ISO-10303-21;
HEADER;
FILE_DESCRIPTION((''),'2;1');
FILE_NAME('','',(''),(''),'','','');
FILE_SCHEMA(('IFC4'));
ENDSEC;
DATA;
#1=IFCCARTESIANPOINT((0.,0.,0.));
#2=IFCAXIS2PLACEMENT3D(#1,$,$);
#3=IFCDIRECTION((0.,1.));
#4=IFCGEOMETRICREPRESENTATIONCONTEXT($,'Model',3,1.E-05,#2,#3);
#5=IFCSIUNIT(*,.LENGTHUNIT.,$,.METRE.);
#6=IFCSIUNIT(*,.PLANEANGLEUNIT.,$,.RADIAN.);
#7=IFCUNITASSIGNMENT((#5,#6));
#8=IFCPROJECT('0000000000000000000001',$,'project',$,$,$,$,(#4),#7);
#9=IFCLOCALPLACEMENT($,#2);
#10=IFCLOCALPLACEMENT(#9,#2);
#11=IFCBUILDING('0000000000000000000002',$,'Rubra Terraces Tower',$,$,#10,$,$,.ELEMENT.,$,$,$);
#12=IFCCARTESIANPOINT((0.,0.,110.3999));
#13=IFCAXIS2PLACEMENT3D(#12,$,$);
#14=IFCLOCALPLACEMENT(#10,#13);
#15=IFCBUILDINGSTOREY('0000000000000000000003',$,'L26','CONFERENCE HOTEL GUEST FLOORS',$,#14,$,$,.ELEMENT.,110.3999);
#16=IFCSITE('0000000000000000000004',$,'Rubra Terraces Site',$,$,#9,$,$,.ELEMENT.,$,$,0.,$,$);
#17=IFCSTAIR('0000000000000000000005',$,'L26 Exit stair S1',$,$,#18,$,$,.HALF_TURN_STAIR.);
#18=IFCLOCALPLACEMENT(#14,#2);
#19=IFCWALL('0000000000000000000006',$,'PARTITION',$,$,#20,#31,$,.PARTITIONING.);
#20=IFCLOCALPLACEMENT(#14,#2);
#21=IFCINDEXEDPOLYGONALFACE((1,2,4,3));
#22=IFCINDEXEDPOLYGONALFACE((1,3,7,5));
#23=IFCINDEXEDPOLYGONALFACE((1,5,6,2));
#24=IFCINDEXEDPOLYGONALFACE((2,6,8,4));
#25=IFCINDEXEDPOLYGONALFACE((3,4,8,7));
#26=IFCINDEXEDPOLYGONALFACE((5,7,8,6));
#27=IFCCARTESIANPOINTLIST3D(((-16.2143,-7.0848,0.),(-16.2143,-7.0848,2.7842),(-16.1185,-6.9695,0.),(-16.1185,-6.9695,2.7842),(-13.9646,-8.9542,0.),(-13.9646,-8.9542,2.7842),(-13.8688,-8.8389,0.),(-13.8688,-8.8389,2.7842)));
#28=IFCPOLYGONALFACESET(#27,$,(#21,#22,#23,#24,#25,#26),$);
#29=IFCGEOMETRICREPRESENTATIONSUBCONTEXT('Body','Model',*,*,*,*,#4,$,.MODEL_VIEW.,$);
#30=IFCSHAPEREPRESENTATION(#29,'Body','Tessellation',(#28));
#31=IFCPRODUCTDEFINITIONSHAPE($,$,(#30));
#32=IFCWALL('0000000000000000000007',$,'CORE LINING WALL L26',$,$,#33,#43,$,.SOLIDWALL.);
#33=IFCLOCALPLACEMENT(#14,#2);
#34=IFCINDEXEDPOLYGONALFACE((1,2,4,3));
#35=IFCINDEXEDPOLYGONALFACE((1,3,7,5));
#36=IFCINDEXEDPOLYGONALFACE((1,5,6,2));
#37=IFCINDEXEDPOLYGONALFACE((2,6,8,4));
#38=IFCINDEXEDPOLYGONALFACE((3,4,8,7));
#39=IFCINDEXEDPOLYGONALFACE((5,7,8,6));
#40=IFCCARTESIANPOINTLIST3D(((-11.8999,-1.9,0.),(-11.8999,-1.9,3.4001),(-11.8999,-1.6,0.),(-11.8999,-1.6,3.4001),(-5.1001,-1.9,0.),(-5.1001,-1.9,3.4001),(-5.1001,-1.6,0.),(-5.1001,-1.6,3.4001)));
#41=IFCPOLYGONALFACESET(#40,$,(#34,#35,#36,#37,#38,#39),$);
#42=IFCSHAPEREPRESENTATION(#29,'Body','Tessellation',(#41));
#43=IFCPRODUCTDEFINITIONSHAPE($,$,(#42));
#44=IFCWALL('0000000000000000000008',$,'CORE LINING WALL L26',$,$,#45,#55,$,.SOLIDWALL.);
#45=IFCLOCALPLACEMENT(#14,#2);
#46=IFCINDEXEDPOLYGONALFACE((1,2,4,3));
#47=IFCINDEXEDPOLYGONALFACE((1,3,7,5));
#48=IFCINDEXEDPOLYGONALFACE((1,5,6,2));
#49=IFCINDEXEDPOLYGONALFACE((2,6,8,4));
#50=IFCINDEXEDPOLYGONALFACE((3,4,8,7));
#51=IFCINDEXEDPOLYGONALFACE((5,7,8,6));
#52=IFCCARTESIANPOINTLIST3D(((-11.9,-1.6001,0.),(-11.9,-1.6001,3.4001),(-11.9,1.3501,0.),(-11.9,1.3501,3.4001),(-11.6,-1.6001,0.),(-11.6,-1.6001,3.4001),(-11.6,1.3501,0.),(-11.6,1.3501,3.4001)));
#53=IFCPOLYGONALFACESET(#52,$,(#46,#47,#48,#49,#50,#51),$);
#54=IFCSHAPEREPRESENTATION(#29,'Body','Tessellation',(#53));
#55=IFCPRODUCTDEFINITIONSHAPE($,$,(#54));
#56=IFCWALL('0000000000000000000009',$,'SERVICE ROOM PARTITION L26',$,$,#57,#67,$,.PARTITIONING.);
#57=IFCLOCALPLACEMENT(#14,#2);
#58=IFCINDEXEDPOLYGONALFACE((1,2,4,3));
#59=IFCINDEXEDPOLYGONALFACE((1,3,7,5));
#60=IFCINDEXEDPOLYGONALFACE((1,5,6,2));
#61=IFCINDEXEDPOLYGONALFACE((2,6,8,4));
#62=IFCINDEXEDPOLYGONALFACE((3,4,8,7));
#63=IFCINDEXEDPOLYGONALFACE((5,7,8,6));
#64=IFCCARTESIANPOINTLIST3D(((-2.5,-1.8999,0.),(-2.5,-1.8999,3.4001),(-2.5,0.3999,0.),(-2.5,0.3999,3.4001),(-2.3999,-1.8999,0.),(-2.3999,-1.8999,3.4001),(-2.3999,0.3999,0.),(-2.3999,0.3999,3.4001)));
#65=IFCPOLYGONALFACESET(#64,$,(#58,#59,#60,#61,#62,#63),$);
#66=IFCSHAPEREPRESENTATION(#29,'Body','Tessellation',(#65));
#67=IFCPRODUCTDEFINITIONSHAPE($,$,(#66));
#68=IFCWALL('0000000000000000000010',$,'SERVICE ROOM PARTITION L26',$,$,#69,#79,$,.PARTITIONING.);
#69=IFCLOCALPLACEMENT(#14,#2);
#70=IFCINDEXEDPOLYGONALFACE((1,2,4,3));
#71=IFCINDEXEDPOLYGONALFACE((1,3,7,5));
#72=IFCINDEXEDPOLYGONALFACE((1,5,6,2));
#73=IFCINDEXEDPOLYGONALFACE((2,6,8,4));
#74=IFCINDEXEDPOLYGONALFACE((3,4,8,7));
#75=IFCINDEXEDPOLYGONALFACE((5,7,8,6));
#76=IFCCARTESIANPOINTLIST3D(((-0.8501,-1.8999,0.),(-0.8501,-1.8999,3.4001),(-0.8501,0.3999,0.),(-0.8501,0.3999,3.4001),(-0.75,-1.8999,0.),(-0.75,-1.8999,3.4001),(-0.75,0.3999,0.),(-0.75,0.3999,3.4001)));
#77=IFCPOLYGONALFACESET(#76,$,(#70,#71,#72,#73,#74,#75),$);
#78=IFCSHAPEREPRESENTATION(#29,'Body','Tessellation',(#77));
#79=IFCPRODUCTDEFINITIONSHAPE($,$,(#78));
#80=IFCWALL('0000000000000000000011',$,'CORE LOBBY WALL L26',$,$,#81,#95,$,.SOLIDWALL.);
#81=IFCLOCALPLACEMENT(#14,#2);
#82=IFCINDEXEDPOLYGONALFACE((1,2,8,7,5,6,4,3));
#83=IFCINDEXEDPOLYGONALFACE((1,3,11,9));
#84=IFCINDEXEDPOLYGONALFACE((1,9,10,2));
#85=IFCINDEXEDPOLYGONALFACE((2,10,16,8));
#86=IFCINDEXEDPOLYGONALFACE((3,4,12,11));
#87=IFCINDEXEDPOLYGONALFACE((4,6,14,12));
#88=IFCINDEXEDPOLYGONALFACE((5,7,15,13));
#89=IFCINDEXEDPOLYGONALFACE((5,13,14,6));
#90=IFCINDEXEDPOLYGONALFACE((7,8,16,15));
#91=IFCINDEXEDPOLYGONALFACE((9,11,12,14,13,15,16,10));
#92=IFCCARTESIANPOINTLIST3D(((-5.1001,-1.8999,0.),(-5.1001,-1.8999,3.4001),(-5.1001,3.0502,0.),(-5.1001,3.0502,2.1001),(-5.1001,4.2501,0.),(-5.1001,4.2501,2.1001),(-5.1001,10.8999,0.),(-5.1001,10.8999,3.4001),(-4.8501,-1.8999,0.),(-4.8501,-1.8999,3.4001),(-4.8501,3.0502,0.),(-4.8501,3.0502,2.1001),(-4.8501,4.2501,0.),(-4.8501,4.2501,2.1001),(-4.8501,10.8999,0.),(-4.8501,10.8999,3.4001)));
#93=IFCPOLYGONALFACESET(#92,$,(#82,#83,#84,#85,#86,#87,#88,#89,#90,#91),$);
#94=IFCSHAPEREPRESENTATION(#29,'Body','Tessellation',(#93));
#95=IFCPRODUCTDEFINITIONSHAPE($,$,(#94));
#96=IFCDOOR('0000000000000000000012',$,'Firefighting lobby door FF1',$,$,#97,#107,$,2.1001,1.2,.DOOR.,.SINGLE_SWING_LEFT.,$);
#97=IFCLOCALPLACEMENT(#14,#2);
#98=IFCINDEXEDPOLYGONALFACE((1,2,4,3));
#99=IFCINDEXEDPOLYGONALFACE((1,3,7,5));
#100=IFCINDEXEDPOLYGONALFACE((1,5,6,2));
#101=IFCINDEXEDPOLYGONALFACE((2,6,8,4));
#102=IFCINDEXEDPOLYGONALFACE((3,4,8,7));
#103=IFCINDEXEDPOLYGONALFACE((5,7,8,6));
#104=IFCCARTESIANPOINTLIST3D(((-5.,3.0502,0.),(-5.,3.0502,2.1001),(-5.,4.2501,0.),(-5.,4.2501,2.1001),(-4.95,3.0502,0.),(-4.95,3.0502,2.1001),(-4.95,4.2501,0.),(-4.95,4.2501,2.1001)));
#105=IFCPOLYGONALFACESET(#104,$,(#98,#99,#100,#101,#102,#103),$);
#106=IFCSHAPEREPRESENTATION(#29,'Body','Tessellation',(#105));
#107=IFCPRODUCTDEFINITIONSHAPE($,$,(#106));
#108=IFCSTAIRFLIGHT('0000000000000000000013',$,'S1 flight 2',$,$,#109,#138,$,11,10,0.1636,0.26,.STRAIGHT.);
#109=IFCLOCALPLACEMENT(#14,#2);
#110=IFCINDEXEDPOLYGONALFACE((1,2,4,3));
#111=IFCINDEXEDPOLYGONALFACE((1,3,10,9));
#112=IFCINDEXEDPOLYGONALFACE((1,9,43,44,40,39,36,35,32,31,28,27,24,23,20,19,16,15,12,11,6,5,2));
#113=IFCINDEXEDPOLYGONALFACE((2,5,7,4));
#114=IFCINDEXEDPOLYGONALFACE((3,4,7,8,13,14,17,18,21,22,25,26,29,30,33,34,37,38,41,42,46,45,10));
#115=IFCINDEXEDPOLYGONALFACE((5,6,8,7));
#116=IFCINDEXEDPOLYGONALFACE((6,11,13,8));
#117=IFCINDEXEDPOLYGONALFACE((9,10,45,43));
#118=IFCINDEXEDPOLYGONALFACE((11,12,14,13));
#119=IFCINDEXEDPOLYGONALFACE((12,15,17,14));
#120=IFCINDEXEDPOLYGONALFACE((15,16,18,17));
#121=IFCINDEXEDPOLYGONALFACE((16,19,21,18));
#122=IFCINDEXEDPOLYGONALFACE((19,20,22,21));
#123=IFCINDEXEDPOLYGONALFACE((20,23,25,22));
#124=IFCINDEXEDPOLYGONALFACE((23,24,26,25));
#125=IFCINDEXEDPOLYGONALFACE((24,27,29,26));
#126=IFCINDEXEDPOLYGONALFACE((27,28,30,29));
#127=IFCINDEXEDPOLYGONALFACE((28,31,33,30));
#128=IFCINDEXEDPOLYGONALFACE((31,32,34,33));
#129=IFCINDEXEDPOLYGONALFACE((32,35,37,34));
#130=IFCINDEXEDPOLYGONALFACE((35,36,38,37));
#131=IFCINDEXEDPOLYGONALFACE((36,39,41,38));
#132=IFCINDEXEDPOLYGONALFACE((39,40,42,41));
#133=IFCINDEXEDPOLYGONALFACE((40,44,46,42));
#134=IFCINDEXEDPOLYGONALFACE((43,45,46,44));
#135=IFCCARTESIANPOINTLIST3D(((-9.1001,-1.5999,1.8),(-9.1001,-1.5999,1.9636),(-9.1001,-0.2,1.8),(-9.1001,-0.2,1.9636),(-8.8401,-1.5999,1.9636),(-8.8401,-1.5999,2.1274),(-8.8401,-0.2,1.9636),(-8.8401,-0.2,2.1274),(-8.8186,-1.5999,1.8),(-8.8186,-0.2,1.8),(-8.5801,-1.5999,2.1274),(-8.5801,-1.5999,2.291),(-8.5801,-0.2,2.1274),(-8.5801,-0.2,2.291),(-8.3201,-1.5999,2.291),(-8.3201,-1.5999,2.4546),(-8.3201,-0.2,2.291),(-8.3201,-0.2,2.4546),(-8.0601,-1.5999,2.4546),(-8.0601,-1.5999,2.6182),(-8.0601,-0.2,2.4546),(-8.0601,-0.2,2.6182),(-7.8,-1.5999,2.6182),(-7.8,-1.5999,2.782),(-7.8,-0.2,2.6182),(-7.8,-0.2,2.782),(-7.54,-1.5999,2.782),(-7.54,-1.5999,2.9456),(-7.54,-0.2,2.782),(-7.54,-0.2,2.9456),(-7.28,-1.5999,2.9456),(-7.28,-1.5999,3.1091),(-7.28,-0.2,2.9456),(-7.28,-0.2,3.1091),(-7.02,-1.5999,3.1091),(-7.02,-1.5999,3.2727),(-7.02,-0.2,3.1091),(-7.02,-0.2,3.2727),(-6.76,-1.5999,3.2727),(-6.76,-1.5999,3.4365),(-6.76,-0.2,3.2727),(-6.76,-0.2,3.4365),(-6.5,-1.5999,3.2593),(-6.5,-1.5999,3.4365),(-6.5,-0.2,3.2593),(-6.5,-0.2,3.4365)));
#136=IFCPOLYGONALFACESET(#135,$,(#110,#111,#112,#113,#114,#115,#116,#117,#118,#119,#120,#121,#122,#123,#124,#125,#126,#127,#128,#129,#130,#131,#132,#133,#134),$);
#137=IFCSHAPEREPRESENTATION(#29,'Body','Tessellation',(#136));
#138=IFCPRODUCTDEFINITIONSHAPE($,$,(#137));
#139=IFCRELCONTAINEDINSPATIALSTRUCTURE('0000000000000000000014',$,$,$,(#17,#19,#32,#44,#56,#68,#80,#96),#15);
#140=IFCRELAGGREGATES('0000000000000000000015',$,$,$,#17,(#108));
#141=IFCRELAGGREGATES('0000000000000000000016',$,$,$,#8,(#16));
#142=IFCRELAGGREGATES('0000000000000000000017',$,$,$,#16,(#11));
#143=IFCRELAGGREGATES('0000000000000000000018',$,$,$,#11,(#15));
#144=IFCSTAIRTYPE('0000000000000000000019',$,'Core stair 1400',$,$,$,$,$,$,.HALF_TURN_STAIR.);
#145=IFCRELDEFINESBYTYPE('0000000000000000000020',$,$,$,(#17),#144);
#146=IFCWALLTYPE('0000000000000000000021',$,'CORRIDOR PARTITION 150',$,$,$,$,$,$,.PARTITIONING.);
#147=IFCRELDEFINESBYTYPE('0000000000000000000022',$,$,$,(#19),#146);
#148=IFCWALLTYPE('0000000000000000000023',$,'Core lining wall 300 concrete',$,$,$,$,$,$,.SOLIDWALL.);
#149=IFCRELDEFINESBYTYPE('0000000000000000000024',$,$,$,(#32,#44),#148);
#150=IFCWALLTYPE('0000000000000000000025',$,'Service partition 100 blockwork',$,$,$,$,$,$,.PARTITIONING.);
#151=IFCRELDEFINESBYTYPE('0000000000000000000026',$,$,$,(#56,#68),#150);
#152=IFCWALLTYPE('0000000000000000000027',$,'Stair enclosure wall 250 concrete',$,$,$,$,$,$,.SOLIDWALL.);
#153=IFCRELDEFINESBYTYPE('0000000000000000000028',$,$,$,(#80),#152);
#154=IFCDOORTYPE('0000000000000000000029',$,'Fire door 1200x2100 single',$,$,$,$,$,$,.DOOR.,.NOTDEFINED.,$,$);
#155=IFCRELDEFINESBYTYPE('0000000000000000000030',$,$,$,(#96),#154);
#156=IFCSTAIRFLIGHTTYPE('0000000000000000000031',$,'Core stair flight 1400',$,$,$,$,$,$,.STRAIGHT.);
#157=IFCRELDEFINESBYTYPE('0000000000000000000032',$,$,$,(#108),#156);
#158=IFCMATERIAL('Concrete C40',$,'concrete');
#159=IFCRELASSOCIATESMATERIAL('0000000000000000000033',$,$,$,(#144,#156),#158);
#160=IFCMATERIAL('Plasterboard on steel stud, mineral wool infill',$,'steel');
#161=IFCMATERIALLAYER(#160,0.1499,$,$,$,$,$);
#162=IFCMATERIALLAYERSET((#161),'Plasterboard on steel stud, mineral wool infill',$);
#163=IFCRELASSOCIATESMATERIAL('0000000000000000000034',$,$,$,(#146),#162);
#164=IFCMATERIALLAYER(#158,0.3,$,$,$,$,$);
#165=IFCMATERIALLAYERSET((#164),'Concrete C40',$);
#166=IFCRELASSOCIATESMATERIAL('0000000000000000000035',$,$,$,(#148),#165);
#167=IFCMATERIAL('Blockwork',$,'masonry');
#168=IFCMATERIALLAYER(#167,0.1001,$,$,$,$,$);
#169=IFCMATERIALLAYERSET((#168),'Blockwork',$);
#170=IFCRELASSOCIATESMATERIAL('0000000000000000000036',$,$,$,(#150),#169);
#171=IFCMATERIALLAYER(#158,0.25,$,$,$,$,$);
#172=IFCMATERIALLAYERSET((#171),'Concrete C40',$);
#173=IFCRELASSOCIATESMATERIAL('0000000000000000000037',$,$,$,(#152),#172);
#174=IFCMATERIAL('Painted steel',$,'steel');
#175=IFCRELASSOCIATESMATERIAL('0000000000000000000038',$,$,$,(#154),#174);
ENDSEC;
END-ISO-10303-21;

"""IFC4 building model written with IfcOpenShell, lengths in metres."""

from ifc_helpers import new_model, si_unit, direction, frame, frame_2d, origin, place, context, subcontext, project, spatial, polyline, rectangle, outline, extrude, material, layer, layer_set, type_object, element, fill, aggregate, save


model = new_model("IFC4")

# Units and contexts
model_context = context("Model", 3, precision=1e-05, world=origin(), true_north=direction((0.0, 1.0)))
body_context = subcontext(model_context, "Body", "Model", "MODEL_VIEW")
ifc_project = project(units=[si_unit("LENGTHUNIT", "METRE"), si_unit("PLANEANGLEUNIT", "RADIAN")], contexts=[model_context])

# Site, building, storey
site_placement = place(None, origin())
site = spatial("IfcSite", under=ifc_project, at=site_placement, Name="Rubra Terraces Site", CompositionType="ELEMENT", RefElevation=0.0)
building_placement = place(site_placement, origin())
building = spatial("IfcBuilding", under=site, at=building_placement, Name="Rubra Terraces Tower", CompositionType="ELEMENT")
storey_placement = place(building_placement, frame((0.0, 0.0, 110.3999)))
storey = spatial("IfcBuildingStorey", under=building, at=storey_placement, Name="L26", Description="CONFERENCE HOTEL GUEST FLOORS", CompositionType="ELEMENT", Elevation=110.3999)

# Shared definitions
ifc_material_1 = material(Name="Concrete C40", Category="concrete")

# Stair
stair_type = type_object("IfcStairType", Name="Core stair 1400", PredefinedType="HALF_TURN_STAIR", material=ifc_material_1)
stair_1_placement = place(storey_placement, origin())
stair_1 = element("IfcStair", 1, at=stair_1_placement, inside=storey, type_object=stair_type, Name="L26 Exit stair S1", PredefinedType="HALF_TURN_STAIR")

# Shared definitions
ifc_material_2 = material(Name="Painted steel", Category="steel")

# Walls
ifc_material_3 = material(Name="Plasterboard on steel stud, mineral wool infill", Category="steel")
ifc_layer_1 = layer(ifc_material_3, 0.1499)
ifc_layer_set_1 = layer_set([ifc_layer_1], Name="Plasterboard on steel stud, mineral wool infill")
wall_type_1 = type_object("IfcWallType", Name="CORRIDOR PARTITION 150", PredefinedType="PARTITIONING", material=ifc_layer_set_1)
wall_1_placement = place(storey_placement, frame((-13.9167, -8.8965, 0.0), z_axis=(0.0, 0.0, 1.0), x_axis=(-0.76913, 0.639092, 0.0)))
element("IfcWall", 2, at=wall_1_placement, inside=storey, type_object=wall_type_1, Name="PARTITION", PredefinedType="PARTITIONING", context=body_context, shape_type="SweptSolid", body=[
    extrude(rectangle(XDim=2.925, YDim=0.1499, at=frame_2d((1.4624, 0.0))), origin(), (0.0, 0.0, 1.0), 2.7842),
])
ifc_layer_2 = layer(ifc_material_1, 0.3)
ifc_layer_set_2 = layer_set([ifc_layer_2], Name="Concrete C40")
wall_type_2 = type_object("IfcWallType", Name="Core lining wall 300 concrete", PredefinedType="SOLIDWALL", material=ifc_layer_set_2)
wall_2_placement = place(storey_placement, frame((-11.8999, -1.75, 0.0), z_axis=(0.0, 0.0, 1.0), x_axis=(1.0, 0.0, 0.0)))
element("IfcWall", 3, at=wall_2_placement, inside=storey, type_object=wall_type_2, Name="CORE LINING WALL L26", PredefinedType="SOLIDWALL", context=body_context, shape_type="SweptSolid", body=[
    extrude(rectangle(XDim=6.7998, YDim=0.3, at=frame_2d((3.3999, 0.0))), origin(), (0.0, 0.0, 1.0), 3.4001),
])
wall_3_placement = place(storey_placement, frame((-11.75, -1.6001, 0.0), z_axis=(0.0, 0.0, 1.0), x_axis=(0.0, 1.0, 0.0)))
element("IfcWall", 4, at=wall_3_placement, inside=storey, type_object=wall_type_2, Name="CORE LINING WALL L26", PredefinedType="SOLIDWALL", context=body_context, shape_type="SweptSolid", body=[
    extrude(rectangle(XDim=2.9502, YDim=0.3, at=frame_2d((1.4751, 0.0))), origin(), (0.0, 0.0, 1.0), 3.4001),
])
ifc_material_4 = material(Name="Blockwork", Category="masonry")
ifc_layer_3 = layer(ifc_material_4, 0.1001)
ifc_layer_set_3 = layer_set([ifc_layer_3], Name="Blockwork")
wall_type_3 = type_object("IfcWallType", Name="Service partition 100 blockwork", PredefinedType="PARTITIONING", material=ifc_layer_set_3)
for number, where, z_axis, x_axis, name in (
    (5, (-2.45, -1.8999, 0.0), (0.0, 0.0, 1.0), (0.0, 1.0, 0.0), "SERVICE ROOM PARTITION L26"),
    (6, (-0.8, -1.8999, 0.0), (0.0, 0.0, 1.0), (0.0, 1.0, 0.0), "SERVICE ROOM PARTITION L26"),
):
    element("IfcWall", number, at=place(storey_placement, frame(where, z_axis=z_axis, x_axis=x_axis)), inside=storey, type_object=wall_type_3, Name=name, PredefinedType="PARTITIONING", context=body_context, shape_type="SweptSolid", body=[
        extrude(rectangle(XDim=2.2998, YDim=0.1001, at=frame_2d((1.1499, 0.0))), origin(), (0.0, 0.0, 1.0), 3.4001),
    ])

# Wall, opening, door
ifc_layer_4 = layer(ifc_material_1, 0.25)
ifc_layer_set_4 = layer_set([ifc_layer_4], Name="Concrete C40")
wall_type_4 = type_object("IfcWallType", Name="Stair enclosure wall 250 concrete", PredefinedType="SOLIDWALL", material=ifc_layer_set_4)
wall_4_placement = place(storey_placement, frame((-4.9751, -1.8999, 0.0), z_axis=(0.0, 0.0, 1.0), x_axis=(0.0, 1.0, 0.0)))
wall_4 = element("IfcWall", 7, at=wall_4_placement, inside=storey, type_object=wall_type_4, Name="CORE LOBBY WALL L26", PredefinedType="SOLIDWALL", context=body_context, shape_type="SweptSolid", body=[
    extrude(rectangle(XDim=12.7998, YDim=0.25, at=frame_2d((6.3999, 0.0))), origin(), (0.0, 0.0, 1.0), 3.4001),
])
opening_1_placement = place(wall_4_placement, frame((4.95, 0.0, 0.0)))
opening_1 = element("IfcOpeningElement", 8, at=opening_1_placement, cuts=wall_4, PredefinedType="OPENING", context=body_context, shape_type="SweptSolid", body=[
    extrude(rectangle(XDim=1.2, YDim=2.1001, at=frame_2d((0.6001, 1.05))), frame((0.0, 0.135, 0.0), z_axis=(0.0, -1.0, 0.0), x_axis=(1.0, 0.0, 0.0)), (0.0, 0.0, 1.0), 0.27),
])
door_type_1 = type_object("IfcDoorType", Name="Fire door 1200x2100 single", OperationType="NOTDEFINED", PredefinedType="DOOR", material=ifc_material_2)
door_1_placement = place(opening_1_placement, origin())
door_1 = element("IfcDoor", 9, at=door_1_placement, inside=storey, type_object=door_type_1, Name="Firefighting lobby door FF1", OperationType="SINGLE_SWING_LEFT", OverallHeight=2.1001, OverallWidth=1.2, PredefinedType="DOOR", context=body_context, shape_type="SweptSolid", body=[
    extrude(rectangle(XDim=1.2, YDim=2.1001, at=frame_2d((0.6001, 1.05))), frame((0.0, 0.0249, 0.0), z_axis=(0.0, -1.0, 0.0), x_axis=(1.0, 0.0, 0.0)), (0.0, 0.0, 1.0), 0.05),
])
fill(opening_1, door_1)

# Stair flight
stair_flight_type = type_object("IfcStairFlightType", Name="Core stair flight 1400", PredefinedType="STRAIGHT", material=ifc_material_1)
stair_flight_placement = place(storey_placement, frame((-9.1001, -0.8999, 1.8), z_axis=(0.0, 0.0, 1.0), x_axis=(1.0, 0.0, 0.0)))
stair_flight = element("IfcStairFlight", 10, at=stair_flight_placement, type_object=stair_flight_type, Name="S1 flight 2", NumberOfRisers=11, NumberOfTreads=10, PredefinedType="STRAIGHT", RiserHeight=0.1636, TreadLength=0.26, context=body_context, shape_type="SweptSolid", body=[
    extrude(outline(polyline([(0.0, 0.0), (0.0, 0.1636), (0.26, 0.1636), (0.26, 0.3274), (0.52, 0.3274), (0.52, 0.491), (0.78, 0.491), (0.78, 0.6545), (1.04, 0.6545), (1.04, 0.8181), (1.3, 0.8181), (1.3, 0.9819), (1.5601, 0.9819), (1.5601, 1.1455), (1.8201, 1.1455), (1.8201, 1.3091), (2.0801, 1.3091), (2.0801, 1.4727), (2.3401, 1.4727), (2.3401, 1.6365), (2.6001, 1.6365), (2.6001, 1.8), (2.6001, 1.4592), (0.2815, 0.0), (0.0, 0.0)])), frame((0.0, 0.7, 0.0), z_axis=(0.0, -1.0, 0.0), x_axis=(1.0, 0.0, 0.0)), (0.0, 0.0, 1.0), 1.3999),
])
aggregate(stair_1, [stair_flight])

save(model, "model.ifc")
